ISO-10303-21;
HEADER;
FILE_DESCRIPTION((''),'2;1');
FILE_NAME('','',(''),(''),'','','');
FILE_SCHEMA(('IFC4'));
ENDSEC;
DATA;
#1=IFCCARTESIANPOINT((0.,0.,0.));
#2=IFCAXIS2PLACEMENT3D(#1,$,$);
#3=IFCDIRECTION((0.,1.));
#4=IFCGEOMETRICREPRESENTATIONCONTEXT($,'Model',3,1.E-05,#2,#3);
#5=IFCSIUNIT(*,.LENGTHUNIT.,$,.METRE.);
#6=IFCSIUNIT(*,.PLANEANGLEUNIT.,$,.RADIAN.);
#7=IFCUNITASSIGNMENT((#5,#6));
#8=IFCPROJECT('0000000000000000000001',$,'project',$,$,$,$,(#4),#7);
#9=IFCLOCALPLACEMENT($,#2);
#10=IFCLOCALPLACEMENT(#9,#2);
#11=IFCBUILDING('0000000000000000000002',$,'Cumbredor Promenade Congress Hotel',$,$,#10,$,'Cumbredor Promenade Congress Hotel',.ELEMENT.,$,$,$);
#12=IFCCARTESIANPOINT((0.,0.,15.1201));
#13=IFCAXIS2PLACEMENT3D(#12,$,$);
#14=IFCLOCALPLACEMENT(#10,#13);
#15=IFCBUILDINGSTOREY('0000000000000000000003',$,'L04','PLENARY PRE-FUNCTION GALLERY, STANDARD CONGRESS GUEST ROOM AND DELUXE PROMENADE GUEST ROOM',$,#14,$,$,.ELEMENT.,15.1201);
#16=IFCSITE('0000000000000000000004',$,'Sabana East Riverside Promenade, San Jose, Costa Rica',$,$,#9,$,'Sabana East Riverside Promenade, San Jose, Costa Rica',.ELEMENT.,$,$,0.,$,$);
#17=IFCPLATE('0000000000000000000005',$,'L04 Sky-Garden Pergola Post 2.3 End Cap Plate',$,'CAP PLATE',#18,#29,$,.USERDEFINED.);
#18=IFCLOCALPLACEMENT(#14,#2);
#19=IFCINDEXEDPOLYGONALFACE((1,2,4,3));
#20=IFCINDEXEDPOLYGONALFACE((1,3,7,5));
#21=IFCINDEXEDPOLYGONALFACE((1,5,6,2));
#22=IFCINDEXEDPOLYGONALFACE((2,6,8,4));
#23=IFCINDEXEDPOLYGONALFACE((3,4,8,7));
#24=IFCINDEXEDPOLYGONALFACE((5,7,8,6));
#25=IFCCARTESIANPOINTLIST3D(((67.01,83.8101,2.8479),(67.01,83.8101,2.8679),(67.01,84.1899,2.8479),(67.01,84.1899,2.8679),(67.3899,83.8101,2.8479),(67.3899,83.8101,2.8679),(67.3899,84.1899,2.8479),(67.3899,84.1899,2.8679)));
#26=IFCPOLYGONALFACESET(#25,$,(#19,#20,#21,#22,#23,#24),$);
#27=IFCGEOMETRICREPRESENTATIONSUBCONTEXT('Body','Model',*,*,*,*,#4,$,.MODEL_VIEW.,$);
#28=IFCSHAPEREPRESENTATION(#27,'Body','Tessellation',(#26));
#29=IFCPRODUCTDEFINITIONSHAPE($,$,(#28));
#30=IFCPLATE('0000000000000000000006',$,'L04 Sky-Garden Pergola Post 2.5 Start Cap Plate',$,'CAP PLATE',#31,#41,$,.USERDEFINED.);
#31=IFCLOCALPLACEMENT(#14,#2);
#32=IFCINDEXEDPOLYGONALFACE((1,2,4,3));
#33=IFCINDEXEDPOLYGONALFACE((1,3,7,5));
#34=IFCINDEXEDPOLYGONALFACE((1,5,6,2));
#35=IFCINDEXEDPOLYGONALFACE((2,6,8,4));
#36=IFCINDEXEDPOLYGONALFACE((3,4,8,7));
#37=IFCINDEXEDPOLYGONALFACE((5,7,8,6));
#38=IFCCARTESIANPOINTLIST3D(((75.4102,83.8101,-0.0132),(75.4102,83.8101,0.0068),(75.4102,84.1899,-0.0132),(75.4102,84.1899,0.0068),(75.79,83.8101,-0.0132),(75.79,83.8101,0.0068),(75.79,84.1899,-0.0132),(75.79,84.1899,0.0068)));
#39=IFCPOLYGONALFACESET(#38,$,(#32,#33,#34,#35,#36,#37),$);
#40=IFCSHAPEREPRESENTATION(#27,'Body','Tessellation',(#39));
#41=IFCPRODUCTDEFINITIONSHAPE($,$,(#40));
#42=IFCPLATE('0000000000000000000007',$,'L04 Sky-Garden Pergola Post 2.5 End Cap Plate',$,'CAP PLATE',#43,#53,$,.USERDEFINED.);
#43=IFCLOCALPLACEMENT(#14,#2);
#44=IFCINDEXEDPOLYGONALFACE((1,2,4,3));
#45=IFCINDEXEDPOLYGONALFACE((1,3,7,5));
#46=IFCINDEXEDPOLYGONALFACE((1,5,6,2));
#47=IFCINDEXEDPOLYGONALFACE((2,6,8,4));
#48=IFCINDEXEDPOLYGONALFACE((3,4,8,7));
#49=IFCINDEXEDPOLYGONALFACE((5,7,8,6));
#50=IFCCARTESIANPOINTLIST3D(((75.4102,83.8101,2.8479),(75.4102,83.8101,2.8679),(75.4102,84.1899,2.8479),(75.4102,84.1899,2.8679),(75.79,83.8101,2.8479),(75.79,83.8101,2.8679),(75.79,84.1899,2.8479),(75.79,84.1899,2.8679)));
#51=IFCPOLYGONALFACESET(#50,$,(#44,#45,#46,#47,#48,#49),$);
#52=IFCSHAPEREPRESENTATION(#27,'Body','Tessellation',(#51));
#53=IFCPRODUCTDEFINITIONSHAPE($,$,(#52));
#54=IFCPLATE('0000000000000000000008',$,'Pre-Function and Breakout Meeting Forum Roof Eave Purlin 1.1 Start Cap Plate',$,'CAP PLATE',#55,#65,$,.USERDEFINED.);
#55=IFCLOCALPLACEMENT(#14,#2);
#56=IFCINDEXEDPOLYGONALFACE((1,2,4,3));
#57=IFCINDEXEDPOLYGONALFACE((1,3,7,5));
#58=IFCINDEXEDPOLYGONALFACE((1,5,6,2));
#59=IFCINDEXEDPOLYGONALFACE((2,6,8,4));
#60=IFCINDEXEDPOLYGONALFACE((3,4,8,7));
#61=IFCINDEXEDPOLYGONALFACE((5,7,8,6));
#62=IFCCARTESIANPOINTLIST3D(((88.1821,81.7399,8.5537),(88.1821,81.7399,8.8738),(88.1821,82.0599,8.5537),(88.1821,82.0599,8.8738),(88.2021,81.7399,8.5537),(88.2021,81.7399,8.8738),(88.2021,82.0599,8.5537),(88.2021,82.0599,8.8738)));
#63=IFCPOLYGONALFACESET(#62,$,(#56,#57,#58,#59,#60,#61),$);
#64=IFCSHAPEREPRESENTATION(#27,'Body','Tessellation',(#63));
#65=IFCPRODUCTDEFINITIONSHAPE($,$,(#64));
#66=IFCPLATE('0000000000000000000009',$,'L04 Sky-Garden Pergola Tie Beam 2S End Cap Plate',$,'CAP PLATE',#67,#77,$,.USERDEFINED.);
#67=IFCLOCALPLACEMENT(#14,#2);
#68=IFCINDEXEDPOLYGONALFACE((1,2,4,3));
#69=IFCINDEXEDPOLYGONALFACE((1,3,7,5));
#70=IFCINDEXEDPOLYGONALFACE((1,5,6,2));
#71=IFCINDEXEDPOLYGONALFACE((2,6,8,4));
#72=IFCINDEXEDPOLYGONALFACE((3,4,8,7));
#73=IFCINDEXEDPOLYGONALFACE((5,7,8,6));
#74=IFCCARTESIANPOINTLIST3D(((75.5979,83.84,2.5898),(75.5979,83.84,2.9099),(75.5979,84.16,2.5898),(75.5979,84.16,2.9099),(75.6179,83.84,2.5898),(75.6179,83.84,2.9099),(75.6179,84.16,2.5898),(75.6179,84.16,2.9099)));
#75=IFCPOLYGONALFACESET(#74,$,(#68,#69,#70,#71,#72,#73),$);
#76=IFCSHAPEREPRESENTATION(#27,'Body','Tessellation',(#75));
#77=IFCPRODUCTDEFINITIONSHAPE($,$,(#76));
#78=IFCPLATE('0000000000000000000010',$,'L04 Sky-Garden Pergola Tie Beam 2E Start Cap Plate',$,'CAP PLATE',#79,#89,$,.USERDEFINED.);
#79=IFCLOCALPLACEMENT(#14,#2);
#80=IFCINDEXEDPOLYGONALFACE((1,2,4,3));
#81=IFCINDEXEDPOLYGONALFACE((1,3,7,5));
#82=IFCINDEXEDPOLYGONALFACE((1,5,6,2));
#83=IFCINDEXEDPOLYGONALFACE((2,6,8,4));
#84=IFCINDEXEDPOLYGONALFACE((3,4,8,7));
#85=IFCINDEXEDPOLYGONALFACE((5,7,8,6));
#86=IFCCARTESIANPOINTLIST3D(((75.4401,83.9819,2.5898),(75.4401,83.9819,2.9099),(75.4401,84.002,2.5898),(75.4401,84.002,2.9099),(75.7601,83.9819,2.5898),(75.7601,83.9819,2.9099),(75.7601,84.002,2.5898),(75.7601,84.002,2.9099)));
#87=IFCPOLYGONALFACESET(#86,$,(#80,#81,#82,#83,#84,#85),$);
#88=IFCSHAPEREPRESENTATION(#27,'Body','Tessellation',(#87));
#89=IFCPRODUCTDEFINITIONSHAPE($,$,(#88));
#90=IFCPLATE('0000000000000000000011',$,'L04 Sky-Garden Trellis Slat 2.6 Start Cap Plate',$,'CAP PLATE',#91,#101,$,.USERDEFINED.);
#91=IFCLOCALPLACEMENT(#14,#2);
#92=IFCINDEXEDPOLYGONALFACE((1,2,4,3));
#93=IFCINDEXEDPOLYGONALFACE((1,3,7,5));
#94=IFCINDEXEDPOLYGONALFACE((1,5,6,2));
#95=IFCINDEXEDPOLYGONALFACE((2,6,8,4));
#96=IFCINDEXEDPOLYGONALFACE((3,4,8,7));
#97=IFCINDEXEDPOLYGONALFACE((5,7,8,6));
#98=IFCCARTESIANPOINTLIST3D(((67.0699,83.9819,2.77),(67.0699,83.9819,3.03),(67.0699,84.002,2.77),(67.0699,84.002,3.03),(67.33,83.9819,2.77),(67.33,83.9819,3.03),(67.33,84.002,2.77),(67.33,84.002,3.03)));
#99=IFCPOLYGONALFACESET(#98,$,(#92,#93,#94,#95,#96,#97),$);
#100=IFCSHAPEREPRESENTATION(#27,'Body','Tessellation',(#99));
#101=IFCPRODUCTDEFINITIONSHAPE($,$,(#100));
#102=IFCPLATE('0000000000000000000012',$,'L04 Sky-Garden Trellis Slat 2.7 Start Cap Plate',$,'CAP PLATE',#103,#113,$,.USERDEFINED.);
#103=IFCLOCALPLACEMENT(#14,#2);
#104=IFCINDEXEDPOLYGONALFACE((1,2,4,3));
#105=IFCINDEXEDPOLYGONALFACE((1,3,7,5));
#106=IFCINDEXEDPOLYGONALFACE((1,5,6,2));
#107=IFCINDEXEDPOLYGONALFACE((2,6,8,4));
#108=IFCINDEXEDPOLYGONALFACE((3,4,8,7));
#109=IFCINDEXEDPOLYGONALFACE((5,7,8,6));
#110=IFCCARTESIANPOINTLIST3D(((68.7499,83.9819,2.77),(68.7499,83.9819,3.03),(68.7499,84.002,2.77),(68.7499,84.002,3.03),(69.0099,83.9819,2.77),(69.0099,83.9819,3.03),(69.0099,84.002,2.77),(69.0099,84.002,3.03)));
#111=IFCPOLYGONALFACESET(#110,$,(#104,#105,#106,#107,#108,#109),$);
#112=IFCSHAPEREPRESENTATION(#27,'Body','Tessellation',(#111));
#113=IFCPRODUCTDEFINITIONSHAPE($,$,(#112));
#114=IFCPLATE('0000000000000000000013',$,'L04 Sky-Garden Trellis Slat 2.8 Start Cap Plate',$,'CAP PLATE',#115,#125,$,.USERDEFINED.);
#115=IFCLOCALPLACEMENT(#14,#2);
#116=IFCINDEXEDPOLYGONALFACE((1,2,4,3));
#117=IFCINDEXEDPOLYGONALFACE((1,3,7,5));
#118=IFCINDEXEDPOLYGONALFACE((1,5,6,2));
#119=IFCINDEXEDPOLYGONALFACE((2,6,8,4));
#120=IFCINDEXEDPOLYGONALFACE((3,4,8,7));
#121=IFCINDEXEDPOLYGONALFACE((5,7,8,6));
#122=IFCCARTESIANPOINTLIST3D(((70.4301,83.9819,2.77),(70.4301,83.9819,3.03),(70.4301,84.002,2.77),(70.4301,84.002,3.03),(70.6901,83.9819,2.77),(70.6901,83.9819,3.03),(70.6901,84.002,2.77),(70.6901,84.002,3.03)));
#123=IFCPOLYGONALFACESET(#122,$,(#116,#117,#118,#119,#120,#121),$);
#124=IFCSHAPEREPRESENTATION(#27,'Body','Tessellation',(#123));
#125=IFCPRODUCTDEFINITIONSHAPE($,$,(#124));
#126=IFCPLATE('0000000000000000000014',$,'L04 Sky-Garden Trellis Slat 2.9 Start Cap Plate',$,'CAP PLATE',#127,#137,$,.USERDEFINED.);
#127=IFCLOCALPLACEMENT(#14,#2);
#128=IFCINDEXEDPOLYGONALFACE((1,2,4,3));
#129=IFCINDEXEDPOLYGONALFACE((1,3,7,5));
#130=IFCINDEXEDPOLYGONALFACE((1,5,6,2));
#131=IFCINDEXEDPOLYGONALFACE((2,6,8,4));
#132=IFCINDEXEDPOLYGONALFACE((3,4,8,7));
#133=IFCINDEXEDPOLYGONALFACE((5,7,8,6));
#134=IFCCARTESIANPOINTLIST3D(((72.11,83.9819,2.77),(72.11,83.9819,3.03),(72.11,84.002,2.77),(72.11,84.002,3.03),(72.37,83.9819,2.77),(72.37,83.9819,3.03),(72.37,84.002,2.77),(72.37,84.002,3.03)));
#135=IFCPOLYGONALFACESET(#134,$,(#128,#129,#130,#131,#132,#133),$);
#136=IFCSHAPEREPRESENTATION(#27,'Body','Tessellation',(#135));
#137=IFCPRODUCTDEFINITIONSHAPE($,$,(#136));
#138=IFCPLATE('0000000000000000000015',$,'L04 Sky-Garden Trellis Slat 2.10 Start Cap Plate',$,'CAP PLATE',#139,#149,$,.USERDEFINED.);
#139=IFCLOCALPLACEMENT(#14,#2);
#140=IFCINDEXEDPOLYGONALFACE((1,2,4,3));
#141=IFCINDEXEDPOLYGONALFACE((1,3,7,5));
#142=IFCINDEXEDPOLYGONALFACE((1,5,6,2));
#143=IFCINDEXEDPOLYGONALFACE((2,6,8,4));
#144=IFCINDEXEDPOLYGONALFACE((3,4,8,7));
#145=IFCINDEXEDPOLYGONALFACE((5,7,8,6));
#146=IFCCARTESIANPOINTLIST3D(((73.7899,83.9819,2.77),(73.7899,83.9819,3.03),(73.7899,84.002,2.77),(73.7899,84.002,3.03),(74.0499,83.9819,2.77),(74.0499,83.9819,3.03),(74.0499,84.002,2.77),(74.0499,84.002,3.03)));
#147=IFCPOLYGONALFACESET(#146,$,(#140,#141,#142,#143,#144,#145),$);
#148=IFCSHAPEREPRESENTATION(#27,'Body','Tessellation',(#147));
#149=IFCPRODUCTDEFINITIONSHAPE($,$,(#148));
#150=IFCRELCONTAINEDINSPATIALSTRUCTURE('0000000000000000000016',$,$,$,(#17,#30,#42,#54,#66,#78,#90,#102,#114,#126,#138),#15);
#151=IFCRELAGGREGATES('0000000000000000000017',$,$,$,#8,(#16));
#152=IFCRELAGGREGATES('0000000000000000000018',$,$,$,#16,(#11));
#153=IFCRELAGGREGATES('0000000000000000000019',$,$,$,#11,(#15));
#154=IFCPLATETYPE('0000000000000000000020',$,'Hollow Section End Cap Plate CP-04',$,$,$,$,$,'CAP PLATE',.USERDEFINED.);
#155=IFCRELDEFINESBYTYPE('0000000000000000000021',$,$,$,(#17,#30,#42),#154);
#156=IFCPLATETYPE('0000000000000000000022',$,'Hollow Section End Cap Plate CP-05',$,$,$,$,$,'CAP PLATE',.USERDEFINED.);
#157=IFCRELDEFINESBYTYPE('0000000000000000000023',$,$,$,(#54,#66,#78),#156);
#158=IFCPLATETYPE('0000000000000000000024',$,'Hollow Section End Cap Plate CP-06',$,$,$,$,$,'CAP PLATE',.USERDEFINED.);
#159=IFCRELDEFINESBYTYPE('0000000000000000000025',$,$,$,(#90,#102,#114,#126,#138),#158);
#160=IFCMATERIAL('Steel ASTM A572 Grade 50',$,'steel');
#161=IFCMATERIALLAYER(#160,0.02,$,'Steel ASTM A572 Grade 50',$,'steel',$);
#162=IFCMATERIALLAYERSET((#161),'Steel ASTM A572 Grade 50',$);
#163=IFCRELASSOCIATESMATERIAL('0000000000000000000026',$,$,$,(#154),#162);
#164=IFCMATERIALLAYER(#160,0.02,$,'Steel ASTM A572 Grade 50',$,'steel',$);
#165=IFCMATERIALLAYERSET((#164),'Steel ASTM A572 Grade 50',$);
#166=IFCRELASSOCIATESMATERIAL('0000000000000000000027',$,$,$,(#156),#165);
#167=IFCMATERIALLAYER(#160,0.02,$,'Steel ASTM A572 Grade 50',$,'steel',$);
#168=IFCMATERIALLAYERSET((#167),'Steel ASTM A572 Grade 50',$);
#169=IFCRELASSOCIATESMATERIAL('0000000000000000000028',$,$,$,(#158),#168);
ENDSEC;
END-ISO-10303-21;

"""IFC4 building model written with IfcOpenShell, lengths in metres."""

from ifc_helpers import new_model, si_unit, direction, frame, origin, origin_2d, place, context, subcontext, project, spatial, rectangle, extrude, material, layer, layer_set, type_object, element, save


model = new_model("IFC4")

# Units and contexts
model_context = context("Model", 3, precision=1e-05, world=origin(), true_north=direction((0.0, 1.0)))
body_context = subcontext(model_context, "Body", "Model", "MODEL_VIEW")
ifc_project = project(units=[si_unit("LENGTHUNIT", "METRE"), si_unit("PLANEANGLEUNIT", "RADIAN")], contexts=[model_context])

# Site, building, storey
site_placement = place(None, origin())
site = spatial("IfcSite", under=ifc_project, at=site_placement, Name="Sabana East Riverside Promenade, San Jose, Costa Rica", LongName="Sabana East Riverside Promenade, San Jose, Costa Rica", CompositionType="ELEMENT", RefElevation=0.0)
building_placement = place(site_placement, origin())
building = spatial("IfcBuilding", under=site, at=building_placement, Name="Cumbredor Promenade Congress Hotel", LongName="Cumbredor Promenade Congress Hotel", CompositionType="ELEMENT")
storey_placement = place(building_placement, frame((0.0, 0.0, 15.1201)))
storey = spatial("IfcBuildingStorey", under=building, at=storey_placement, Name="L04", Description="PLENARY PRE-FUNCTION GALLERY, STANDARD CONGRESS GUEST ROOM AND DELUXE PROMENADE GUEST ROOM", CompositionType="ELEMENT", Elevation=15.1201)

# Plates
ifc_material_1 = material(Name="Steel ASTM A572 Grade 50", Category="steel")
ifc_layer_1 = layer(ifc_material_1, 0.02, Name="Steel ASTM A572 Grade 50", Category="steel")
ifc_layer_set_1 = layer_set([ifc_layer_1], Name="Steel ASTM A572 Grade 50")
plate_type_1 = type_object("IfcPlateType", Name="Hollow Section End Cap Plate CP-04", ElementType="CAP PLATE", PredefinedType="USERDEFINED", material=ifc_layer_set_1)
for number, where, z_axis, x_axis, name in (
    (1, (67.2, 84.0, 2.8479), (0.0, 0.0, 1.0), (1.0, 0.0, 0.0), "L04 Sky-Garden Pergola Post 2.3 End Cap Plate"),
    (2, (75.6001, 84.0, -0.0132), (0.0, 0.0, 1.0), (1.0, 0.0, 0.0), "L04 Sky-Garden Pergola Post 2.5 Start Cap Plate"),
    (3, (75.6001, 84.0, 2.8479), (0.0, 0.0, 1.0), (1.0, 0.0, 0.0), "L04 Sky-Garden Pergola Post 2.5 End Cap Plate"),
):
    element("IfcPlate", number, at=place(storey_placement, frame(where, z_axis=z_axis, x_axis=x_axis)), inside=storey, type_object=plate_type_1, Name=name, ObjectType="CAP PLATE", PredefinedType="USERDEFINED", context=body_context, shape_type="SweptSolid", body=[
        extrude(rectangle(XDim=0.3799, YDim=0.3799, at=origin_2d()), origin(), (0.0, 0.0, 1.0), 0.02),
    ])
ifc_layer_2 = layer(ifc_material_1, 0.02, Name="Steel ASTM A572 Grade 50", Category="steel")
ifc_layer_set_2 = layer_set([ifc_layer_2], Name="Steel ASTM A572 Grade 50")
plate_type_2 = type_object("IfcPlateType", Name="Hollow Section End Cap Plate CP-05", ElementType="CAP PLATE", PredefinedType="USERDEFINED", material=ifc_layer_set_2)
for number, where, z_axis, x_axis, name in (
    (4, (88.1921, 81.8999, 8.5537), (0.0, 0.0, 1.0), (1.0, 0.0, 0.0), "Pre-Function and Breakout Meeting Forum Roof Eave Purlin 1.1 Start Cap Plate"),
    (5, (75.6079, 84.0, 2.5898), (0.0, 0.0, 1.0), (1.0, 0.0, 0.0), "L04 Sky-Garden Pergola Tie Beam 2S End Cap Plate"),
    (6, (75.6001, 83.9919, 2.5898), (0.0, 0.0, 1.0), (0.0, 1.0, 0.0), "L04 Sky-Garden Pergola Tie Beam 2E Start Cap Plate"),
):
    element("IfcPlate", number, at=place(storey_placement, frame(where, z_axis=z_axis, x_axis=x_axis)), inside=storey, type_object=plate_type_2, Name=name, ObjectType="CAP PLATE", PredefinedType="USERDEFINED", context=body_context, shape_type="SweptSolid", body=[
        extrude(rectangle(XDim=0.02, YDim=0.3201, at=origin_2d()), origin(), (0.0, 0.0, 1.0), 0.3201),
    ])
ifc_layer_3 = layer(ifc_material_1, 0.02, Name="Steel ASTM A572 Grade 50", Category="steel")
ifc_layer_set_3 = layer_set([ifc_layer_3], Name="Steel ASTM A572 Grade 50")
plate_type_3 = type_object("IfcPlateType", Name="Hollow Section End Cap Plate CP-06", ElementType="CAP PLATE", PredefinedType="USERDEFINED", material=ifc_layer_set_3)
for number, where, z_axis, x_axis, name in (
    (7, (67.2, 83.9919, 2.77), (0.0, 0.0, 1.0), (0.0, 1.0, 0.0), "L04 Sky-Garden Trellis Slat 2.6 Start Cap Plate"),
    (8, (68.8799, 83.9919, 2.77), (0.0, 0.0, 1.0), (0.0, 1.0, 0.0), "L04 Sky-Garden Trellis Slat 2.7 Start Cap Plate"),
    (9, (70.5601, 83.9919, 2.77), (0.0, 0.0, 1.0), (0.0, 1.0, 0.0), "L04 Sky-Garden Trellis Slat 2.8 Start Cap Plate"),
    (10, (72.24, 83.9919, 2.77), (0.0, 0.0, 1.0), (0.0, 1.0, 0.0), "L04 Sky-Garden Trellis Slat 2.9 Start Cap Plate"),
    (11, (73.9199, 83.9919, 2.77), (0.0, 0.0, 1.0), (0.0, 1.0, 0.0), "L04 Sky-Garden Trellis Slat 2.10 Start Cap Plate"),
):
    element("IfcPlate", number, at=place(storey_placement, frame(where, z_axis=z_axis, x_axis=x_axis)), inside=storey, type_object=plate_type_3, Name=name, ObjectType="CAP PLATE", PredefinedType="USERDEFINED", context=body_context, shape_type="SweptSolid", body=[
        extrude(rectangle(XDim=0.02, YDim=0.26, at=origin_2d()), origin(), (0.0, 0.0, 1.0), 0.26),
    ])

save(model, "model.ifc")
